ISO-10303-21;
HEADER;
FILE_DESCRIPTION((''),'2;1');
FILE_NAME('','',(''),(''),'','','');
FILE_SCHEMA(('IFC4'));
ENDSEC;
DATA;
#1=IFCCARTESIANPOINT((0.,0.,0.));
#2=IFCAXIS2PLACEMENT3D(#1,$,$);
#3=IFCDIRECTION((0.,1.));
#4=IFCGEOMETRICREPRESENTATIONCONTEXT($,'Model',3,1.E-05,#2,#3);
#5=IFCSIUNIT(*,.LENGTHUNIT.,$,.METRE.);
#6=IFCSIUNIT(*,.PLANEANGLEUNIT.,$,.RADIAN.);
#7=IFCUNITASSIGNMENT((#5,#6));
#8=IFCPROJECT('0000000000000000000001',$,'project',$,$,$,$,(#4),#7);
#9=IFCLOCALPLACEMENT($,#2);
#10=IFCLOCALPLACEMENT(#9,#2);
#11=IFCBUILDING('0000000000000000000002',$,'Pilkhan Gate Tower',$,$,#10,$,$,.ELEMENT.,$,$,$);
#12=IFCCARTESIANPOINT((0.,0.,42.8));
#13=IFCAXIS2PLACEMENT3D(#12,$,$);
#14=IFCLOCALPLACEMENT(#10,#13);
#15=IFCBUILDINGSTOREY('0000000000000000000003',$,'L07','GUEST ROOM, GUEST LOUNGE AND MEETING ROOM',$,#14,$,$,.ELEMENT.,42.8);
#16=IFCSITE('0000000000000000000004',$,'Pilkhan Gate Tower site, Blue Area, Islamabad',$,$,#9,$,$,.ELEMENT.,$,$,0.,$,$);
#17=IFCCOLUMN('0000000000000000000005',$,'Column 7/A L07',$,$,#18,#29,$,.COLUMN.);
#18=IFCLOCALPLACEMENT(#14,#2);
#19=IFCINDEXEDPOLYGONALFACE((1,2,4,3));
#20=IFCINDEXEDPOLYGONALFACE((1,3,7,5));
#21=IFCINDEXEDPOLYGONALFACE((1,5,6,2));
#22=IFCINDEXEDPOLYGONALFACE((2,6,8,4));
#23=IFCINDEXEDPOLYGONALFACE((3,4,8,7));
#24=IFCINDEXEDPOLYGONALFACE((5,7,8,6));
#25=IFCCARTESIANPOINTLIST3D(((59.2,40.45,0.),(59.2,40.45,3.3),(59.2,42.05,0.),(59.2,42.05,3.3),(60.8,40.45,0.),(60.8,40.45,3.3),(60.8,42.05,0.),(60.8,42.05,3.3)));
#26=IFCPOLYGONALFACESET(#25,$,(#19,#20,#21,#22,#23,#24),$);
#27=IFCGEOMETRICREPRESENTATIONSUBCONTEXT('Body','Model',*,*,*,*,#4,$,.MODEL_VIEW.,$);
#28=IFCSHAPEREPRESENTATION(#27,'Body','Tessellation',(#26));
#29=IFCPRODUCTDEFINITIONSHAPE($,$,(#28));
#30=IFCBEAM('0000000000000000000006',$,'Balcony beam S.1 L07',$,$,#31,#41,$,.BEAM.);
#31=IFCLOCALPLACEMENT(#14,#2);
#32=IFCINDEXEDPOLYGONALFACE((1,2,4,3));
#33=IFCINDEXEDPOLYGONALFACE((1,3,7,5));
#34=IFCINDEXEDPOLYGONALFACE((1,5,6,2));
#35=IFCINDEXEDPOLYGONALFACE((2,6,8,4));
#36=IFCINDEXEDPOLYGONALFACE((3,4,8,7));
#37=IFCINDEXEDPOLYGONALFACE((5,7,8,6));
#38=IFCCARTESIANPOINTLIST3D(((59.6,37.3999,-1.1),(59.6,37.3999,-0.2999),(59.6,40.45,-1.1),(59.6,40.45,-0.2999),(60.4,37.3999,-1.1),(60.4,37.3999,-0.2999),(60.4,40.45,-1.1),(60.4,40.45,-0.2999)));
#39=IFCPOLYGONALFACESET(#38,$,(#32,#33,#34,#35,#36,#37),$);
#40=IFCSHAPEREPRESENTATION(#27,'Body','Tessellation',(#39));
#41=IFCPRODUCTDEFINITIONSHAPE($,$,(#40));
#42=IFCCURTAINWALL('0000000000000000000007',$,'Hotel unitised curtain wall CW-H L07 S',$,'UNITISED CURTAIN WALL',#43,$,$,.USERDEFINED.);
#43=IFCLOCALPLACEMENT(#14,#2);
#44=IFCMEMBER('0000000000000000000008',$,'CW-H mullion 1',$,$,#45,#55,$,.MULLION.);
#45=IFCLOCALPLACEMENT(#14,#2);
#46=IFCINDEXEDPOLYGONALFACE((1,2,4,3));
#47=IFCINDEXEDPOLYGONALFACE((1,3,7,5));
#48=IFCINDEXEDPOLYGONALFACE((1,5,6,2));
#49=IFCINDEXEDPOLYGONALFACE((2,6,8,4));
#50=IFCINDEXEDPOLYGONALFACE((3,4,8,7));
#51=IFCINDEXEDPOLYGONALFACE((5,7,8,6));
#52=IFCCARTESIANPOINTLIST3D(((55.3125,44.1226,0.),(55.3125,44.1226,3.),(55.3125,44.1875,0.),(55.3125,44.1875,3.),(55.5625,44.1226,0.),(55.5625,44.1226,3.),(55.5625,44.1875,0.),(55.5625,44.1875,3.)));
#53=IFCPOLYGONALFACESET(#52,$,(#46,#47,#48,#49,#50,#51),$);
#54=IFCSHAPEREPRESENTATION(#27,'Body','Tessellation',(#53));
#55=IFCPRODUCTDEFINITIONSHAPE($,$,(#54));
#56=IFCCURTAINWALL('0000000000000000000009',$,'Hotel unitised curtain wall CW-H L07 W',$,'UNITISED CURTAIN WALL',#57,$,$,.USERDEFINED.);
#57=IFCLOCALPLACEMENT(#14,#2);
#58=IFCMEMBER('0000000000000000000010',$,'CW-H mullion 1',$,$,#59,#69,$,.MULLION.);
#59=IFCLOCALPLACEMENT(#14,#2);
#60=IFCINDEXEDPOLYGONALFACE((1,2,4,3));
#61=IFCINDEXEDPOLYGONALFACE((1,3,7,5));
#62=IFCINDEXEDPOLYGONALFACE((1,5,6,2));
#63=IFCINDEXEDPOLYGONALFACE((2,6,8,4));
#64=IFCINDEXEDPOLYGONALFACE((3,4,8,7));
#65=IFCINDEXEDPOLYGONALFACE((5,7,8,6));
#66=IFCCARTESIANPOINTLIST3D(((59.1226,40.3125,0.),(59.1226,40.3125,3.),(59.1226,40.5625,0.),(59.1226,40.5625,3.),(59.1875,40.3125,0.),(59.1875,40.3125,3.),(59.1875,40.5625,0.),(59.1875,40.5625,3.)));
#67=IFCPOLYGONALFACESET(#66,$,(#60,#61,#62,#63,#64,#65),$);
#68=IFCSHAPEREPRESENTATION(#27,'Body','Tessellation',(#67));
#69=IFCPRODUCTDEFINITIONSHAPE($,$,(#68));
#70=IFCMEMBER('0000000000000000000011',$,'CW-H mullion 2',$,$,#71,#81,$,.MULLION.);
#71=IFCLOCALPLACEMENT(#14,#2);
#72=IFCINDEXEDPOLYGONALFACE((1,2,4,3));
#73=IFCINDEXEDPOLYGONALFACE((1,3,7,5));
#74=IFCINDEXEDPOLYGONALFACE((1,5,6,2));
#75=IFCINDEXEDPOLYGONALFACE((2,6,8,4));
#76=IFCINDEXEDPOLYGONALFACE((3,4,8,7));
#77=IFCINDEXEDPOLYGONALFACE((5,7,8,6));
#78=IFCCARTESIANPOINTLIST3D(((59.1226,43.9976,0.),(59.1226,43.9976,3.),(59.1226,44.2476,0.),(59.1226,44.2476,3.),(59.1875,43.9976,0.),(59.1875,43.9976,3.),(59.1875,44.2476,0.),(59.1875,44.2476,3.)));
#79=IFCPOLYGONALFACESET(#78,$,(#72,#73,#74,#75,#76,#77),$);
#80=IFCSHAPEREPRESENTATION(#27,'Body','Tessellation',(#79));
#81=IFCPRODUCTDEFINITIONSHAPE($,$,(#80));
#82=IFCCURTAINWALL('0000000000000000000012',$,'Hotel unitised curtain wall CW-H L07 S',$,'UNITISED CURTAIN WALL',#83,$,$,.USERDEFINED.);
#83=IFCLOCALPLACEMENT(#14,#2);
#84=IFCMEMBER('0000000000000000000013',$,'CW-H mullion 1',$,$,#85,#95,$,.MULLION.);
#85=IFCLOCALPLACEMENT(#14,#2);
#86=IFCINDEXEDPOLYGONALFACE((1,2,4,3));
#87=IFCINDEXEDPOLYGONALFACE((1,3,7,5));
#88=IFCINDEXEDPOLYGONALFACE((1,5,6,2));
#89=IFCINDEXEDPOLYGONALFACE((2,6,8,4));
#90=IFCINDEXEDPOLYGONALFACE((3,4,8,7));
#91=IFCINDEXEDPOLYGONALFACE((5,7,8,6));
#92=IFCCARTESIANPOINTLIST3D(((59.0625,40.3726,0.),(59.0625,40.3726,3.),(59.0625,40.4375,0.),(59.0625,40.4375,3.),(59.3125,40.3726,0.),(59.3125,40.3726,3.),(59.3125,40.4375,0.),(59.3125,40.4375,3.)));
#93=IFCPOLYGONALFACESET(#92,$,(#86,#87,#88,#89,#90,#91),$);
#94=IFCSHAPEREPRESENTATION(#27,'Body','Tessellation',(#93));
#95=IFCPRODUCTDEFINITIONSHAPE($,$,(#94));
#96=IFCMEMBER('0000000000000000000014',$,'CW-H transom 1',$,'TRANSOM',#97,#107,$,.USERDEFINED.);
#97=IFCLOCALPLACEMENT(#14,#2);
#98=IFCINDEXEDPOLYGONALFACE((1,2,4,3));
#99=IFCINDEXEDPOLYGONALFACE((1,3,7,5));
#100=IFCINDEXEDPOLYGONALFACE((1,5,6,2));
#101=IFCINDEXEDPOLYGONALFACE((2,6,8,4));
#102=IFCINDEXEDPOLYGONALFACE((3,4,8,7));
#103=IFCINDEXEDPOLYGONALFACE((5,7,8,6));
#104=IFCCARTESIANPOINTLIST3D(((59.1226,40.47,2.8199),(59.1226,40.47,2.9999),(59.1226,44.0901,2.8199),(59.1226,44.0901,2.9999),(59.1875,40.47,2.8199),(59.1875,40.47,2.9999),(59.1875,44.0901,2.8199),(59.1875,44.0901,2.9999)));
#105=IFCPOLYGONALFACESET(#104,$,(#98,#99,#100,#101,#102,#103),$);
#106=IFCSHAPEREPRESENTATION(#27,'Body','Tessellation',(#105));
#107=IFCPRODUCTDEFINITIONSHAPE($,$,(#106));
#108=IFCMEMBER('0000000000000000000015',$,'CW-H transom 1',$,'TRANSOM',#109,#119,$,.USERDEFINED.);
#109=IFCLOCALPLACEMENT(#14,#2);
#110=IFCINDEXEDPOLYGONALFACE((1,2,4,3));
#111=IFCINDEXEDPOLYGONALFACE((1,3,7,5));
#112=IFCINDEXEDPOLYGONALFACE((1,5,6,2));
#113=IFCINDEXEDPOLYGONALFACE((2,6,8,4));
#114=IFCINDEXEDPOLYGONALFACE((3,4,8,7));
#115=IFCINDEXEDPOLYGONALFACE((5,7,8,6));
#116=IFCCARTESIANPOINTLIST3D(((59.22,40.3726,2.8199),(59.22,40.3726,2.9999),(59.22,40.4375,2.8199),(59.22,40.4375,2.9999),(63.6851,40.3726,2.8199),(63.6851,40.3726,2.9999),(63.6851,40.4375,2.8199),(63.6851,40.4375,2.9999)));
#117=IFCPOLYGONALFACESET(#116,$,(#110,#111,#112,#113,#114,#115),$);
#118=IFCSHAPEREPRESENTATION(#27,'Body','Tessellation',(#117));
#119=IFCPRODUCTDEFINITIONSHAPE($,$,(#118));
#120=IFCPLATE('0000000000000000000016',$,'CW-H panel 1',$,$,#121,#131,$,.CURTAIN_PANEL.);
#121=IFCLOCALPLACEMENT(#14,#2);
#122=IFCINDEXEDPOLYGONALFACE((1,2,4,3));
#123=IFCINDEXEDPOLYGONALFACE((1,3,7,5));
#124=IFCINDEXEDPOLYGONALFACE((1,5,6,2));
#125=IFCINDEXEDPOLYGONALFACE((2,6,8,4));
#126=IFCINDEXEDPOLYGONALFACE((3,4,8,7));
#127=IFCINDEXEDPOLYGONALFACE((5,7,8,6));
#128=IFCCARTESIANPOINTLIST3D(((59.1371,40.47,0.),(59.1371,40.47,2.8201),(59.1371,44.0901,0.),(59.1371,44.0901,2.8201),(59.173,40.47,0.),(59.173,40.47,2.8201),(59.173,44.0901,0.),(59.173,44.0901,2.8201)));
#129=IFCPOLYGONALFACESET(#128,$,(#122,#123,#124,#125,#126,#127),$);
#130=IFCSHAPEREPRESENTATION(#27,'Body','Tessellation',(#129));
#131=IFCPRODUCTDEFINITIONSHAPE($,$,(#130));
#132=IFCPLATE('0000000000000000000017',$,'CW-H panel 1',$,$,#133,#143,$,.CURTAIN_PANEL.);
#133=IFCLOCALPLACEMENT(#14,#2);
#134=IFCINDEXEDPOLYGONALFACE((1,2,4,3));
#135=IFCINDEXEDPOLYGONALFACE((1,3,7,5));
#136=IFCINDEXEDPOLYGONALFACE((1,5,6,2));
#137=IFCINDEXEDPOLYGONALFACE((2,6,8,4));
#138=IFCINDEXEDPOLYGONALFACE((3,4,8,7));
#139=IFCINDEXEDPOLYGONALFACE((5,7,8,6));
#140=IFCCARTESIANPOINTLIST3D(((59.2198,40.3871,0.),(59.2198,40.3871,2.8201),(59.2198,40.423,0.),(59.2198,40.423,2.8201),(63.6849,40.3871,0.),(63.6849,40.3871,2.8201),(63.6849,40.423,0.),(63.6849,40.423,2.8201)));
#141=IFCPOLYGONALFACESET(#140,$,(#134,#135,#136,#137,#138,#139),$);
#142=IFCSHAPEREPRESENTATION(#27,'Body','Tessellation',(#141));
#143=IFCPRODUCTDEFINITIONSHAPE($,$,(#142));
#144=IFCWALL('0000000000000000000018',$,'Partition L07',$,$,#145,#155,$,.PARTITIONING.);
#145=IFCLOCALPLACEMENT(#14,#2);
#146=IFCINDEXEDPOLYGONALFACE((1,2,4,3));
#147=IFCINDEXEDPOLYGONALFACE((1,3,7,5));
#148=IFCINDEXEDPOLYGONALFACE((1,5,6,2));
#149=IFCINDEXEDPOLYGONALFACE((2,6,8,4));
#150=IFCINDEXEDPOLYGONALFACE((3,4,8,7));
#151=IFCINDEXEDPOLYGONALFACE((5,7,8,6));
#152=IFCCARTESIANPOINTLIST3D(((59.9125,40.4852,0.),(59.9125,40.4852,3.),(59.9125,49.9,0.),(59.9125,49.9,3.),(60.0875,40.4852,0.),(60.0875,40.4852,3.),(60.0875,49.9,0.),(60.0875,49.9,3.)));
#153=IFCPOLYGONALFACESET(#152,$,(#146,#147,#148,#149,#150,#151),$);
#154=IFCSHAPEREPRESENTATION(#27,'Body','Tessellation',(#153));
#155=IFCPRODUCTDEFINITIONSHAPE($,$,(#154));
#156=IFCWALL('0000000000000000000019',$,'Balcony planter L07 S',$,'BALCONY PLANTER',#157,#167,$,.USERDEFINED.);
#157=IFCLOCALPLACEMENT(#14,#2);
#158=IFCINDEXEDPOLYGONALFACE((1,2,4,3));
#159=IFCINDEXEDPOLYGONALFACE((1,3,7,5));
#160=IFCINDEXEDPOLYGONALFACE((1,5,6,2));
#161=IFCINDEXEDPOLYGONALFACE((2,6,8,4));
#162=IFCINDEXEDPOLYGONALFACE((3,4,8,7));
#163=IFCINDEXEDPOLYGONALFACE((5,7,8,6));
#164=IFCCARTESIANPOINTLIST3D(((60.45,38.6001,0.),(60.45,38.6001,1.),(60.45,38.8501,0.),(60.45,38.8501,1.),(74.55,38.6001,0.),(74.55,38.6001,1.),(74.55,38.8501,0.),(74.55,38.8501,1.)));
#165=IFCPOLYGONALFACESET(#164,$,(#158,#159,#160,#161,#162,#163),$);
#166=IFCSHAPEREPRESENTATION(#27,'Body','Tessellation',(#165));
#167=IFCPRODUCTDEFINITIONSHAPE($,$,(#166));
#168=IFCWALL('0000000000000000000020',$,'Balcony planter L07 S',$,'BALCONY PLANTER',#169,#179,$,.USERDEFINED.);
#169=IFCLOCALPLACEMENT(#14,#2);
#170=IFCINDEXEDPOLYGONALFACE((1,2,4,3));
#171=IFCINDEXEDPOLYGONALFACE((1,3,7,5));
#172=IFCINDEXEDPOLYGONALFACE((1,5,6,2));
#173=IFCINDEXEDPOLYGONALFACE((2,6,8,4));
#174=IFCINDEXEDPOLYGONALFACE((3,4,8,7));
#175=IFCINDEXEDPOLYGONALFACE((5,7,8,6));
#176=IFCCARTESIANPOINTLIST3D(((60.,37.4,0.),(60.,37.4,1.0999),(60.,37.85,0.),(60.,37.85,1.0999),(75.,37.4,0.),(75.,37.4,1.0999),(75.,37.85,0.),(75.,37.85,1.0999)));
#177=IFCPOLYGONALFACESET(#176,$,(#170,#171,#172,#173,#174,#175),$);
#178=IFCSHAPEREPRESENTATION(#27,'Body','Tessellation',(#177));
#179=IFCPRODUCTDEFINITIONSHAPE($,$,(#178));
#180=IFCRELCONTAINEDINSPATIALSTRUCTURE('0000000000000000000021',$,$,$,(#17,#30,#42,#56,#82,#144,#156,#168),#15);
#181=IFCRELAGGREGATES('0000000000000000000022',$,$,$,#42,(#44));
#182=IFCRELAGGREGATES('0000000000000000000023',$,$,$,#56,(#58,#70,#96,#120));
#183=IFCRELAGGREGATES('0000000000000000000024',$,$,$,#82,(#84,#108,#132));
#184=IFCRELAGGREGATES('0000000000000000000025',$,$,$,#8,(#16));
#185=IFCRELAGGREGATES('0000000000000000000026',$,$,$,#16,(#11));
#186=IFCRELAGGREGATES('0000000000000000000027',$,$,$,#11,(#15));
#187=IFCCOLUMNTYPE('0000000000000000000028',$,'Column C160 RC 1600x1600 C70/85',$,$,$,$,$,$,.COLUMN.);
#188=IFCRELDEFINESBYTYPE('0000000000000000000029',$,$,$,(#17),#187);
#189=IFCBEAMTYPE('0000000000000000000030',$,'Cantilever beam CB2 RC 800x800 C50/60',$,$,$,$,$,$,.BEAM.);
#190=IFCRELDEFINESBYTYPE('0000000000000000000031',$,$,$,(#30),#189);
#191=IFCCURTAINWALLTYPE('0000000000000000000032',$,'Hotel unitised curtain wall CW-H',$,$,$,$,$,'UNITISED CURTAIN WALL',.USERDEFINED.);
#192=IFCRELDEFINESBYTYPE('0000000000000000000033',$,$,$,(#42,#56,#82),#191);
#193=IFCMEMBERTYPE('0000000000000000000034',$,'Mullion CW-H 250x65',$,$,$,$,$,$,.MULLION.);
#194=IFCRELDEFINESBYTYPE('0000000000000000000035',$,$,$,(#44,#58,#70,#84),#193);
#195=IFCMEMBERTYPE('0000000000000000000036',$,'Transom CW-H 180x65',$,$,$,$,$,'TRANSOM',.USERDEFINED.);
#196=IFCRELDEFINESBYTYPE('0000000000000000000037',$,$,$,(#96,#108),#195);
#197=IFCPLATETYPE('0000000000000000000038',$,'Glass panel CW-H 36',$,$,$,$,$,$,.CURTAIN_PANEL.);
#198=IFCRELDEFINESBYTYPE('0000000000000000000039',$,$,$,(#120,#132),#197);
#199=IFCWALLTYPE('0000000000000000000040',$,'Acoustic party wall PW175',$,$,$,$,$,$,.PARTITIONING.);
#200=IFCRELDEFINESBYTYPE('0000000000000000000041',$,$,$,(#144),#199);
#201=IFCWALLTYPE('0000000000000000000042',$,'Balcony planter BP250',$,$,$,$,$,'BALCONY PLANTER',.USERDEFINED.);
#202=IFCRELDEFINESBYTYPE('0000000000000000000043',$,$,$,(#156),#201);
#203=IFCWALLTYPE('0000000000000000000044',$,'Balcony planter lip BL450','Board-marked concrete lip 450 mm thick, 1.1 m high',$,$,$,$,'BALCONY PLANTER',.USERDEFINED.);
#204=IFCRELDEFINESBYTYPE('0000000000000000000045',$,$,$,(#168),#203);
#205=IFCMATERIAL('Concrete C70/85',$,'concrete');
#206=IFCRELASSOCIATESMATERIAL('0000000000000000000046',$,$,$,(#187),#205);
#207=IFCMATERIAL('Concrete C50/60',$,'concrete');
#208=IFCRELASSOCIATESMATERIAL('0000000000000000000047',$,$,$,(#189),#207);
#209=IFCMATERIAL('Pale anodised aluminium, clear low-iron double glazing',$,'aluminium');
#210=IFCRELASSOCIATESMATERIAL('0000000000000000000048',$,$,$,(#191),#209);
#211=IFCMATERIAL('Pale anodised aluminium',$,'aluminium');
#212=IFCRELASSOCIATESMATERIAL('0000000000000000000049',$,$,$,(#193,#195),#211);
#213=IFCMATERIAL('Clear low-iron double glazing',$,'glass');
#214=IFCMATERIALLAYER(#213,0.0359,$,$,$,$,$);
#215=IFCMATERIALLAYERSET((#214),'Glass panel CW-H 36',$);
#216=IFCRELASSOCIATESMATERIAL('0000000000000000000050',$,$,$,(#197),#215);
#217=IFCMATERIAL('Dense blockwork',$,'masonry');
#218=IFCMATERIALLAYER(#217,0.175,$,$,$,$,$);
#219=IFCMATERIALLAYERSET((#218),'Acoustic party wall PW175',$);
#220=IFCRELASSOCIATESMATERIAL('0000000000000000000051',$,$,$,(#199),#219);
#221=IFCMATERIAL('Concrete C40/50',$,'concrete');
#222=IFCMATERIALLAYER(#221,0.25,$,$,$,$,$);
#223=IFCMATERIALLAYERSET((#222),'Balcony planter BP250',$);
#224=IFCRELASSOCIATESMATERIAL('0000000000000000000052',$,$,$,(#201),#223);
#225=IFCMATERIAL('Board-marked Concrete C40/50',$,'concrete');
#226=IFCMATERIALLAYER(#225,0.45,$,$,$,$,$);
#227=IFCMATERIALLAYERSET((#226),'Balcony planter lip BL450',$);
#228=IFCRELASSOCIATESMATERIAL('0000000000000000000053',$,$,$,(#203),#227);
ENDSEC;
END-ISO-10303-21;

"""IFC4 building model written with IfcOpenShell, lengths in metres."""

from ifc_helpers import new_model, si_unit, direction, frame, frame_2d, origin, origin_2d, place, context, subcontext, project, spatial, rectangle, extrude, material, layer, layer_set, material_profile, profile_set, type_object, element, aggregate, save


model = new_model("IFC4")

# Units and contexts
model_context = context("Model", 3, precision=1e-05, world=origin(), true_north=direction((0.0, 1.0)))
body_context = subcontext(model_context, "Body", "Model", "MODEL_VIEW")
ifc_project = project(units=[si_unit("LENGTHUNIT", "METRE"), si_unit("PLANEANGLEUNIT", "RADIAN")], contexts=[model_context])

# Site, building, storey
site_placement = place(None, origin())
site = spatial("IfcSite", under=ifc_project, at=site_placement, Name="Pilkhan Gate Tower site, Blue Area, Islamabad", CompositionType="ELEMENT", RefElevation=0.0)
building_placement = place(site_placement, origin())
building = spatial("IfcBuilding", under=site, at=building_placement, Name="Pilkhan Gate Tower", CompositionType="ELEMENT")
storey_placement = place(building_placement, frame((0.0, 0.0, 42.8)))
storey = spatial("IfcBuildingStorey", under=building, at=storey_placement, Name="L07", Description="GUEST ROOM, GUEST LOUNGE AND MEETING ROOM", CompositionType="ELEMENT", Elevation=42.8)

# Column
ifc_material_1 = material(Name="Concrete C70/85", Category="concrete")
ifc_material_profile_1 = material_profile(ifc_material_1, rectangle(XDim=1.6001, YDim=1.6001, at=origin_2d()), Name="RC 1600x1600")
ifc_profile_set_1 = profile_set([ifc_material_profile_1], Name="Concrete C70/85")
column_type = type_object("IfcColumnType", Name="Column C160 RC 1600x1600 C70/85", PredefinedType="COLUMN", material=ifc_profile_set_1)
column_placement = place(storey_placement, frame((60.0, 41.25, 0.0), z_axis=(0.0, 0.0, 1.0), x_axis=(1.0, 0.0, 0.0)))
element("IfcColumn", 1, at=column_placement, inside=storey, type_object=column_type, Name="Column 7/A L07", PredefinedType="COLUMN", context=body_context, shape_type="SweptSolid", body=[
    extrude(rectangle(XDim=1.6001, YDim=1.6001, at=origin_2d()), origin(), (0.0, 0.0, 1.0), 3.3),
])

# Beam
ifc_material_2 = material(Name="Concrete C50/60", Category="concrete")
ifc_material_profile_2 = material_profile(ifc_material_2, rectangle(XDim=0.8, YDim=0.8, at=origin_2d()), Name="RC 800x800")
ifc_profile_set_2 = profile_set([ifc_material_profile_2], Name="Concrete C50/60")
beam_type = type_object("IfcBeamType", Name="Cantilever beam CB2 RC 800x800 C50/60", PredefinedType="BEAM", material=ifc_profile_set_2)
beam_placement = place(storey_placement, frame((60.0, 40.45, -0.7), z_axis=(0.0, -1.0, 0.0), x_axis=(1.0, 0.0, 0.0)))
element("IfcBeam", 2, at=beam_placement, inside=storey, type_object=beam_type, Name="Balcony beam S.1 L07", PredefinedType="BEAM", context=body_context, shape_type="SweptSolid", body=[
    extrude(rectangle(XDim=0.8, YDim=0.8, at=origin_2d()), origin(), (0.0, 0.0, 1.0), 3.05),
])

# Curtain wall, member
ifc_material_3 = material(Name="Pale anodised aluminium, clear low-iron double glazing", Category="aluminium")
curtain_wall_type = type_object("IfcCurtainWallType", Name="Hotel unitised curtain wall CW-H", ElementType="UNITISED CURTAIN WALL", PredefinedType="USERDEFINED", material=ifc_material_3)
curtain_wall_1_placement = place(storey_placement, origin())
curtain_wall_1 = element("IfcCurtainWall", 3, at=curtain_wall_1_placement, inside=storey, type_object=curtain_wall_type, Name="Hotel unitised curtain wall CW-H L07 S", ObjectType="UNITISED CURTAIN WALL", PredefinedType="USERDEFINED")
ifc_material_4 = material(Name="Pale anodised aluminium", Category="aluminium")
ifc_material_profile_3 = material_profile(ifc_material_4, rectangle(XDim=0.0649, YDim=0.25, at=origin_2d()), Name="Mullion 250x65")
ifc_profile_set_3 = profile_set([ifc_material_profile_3], Name="Pale anodised aluminium")
member_type_1 = type_object("IfcMemberType", Name="Mullion CW-H 250x65", PredefinedType="MULLION", material=ifc_profile_set_3)
member_1_placement = place(storey_placement, frame((55.4375, 44.155, 0.0), z_axis=(0.0, 0.0, 1.0), x_axis=(0.0, 1.0, 0.0)))
member_1 = element("IfcMember", 4, at=member_1_placement, type_object=member_type_1, Name="CW-H mullion 1", PredefinedType="MULLION", context=body_context, shape_type="SweptSolid", body=[
    extrude(rectangle(XDim=0.0649, YDim=0.25, at=origin_2d()), origin(), (0.0, 0.0, 1.0), 3.0),
])
aggregate(curtain_wall_1, [member_1])

# Curtain wall, members
curtain_wall_2_placement = place(storey_placement, origin())
curtain_wall_2 = element("IfcCurtainWall", 5, at=curtain_wall_2_placement, inside=storey, type_object=curtain_wall_type, Name="Hotel unitised curtain wall CW-H L07 W", ObjectType="UNITISED CURTAIN WALL", PredefinedType="USERDEFINED")
member_2_placement = place(storey_placement, frame((59.155, 40.4375, 0.0), z_axis=(0.0, 0.0, 1.0), x_axis=(-1.0, 0.0, 0.0)))
member_2 = element("IfcMember", 6, at=member_2_placement, type_object=member_type_1, Name="CW-H mullion 1", PredefinedType="MULLION", context=body_context, shape_type="SweptSolid", body=[
    extrude(rectangle(XDim=0.0649, YDim=0.25, at=origin_2d()), origin(), (0.0, 0.0, 1.0), 3.0),
])
member_3_placement = place(storey_placement, frame((59.155, 44.1226, 0.0), z_axis=(0.0, 0.0, 1.0), x_axis=(-1.0, 0.0, 0.0)))
member_3 = element("IfcMember", 7, at=member_3_placement, type_object=member_type_1, Name="CW-H mullion 2", PredefinedType="MULLION", context=body_context, shape_type="SweptSolid", body=[
    extrude(rectangle(XDim=0.0649, YDim=0.25, at=origin_2d()), origin(), (0.0, 0.0, 1.0), 3.0),
])

# Curtain wall, member
curtain_wall_3_placement = place(storey_placement, origin())
curtain_wall_3 = element("IfcCurtainWall", 8, at=curtain_wall_3_placement, inside=storey, type_object=curtain_wall_type, Name="Hotel unitised curtain wall CW-H L07 S", ObjectType="UNITISED CURTAIN WALL", PredefinedType="USERDEFINED")
member_4_placement = place(storey_placement, frame((59.1875, 40.405, 0.0), z_axis=(0.0, 0.0, 1.0), x_axis=(0.0, 1.0, 0.0)))
member_4 = element("IfcMember", 9, at=member_4_placement, type_object=member_type_1, Name="CW-H mullion 1", PredefinedType="MULLION", context=body_context, shape_type="SweptSolid", body=[
    extrude(rectangle(XDim=0.0649, YDim=0.25, at=origin_2d()), origin(), (0.0, 0.0, 1.0), 3.0),
])

# Members
ifc_material_profile_4 = material_profile(ifc_material_4, rectangle(XDim=0.0649, YDim=0.1799, at=origin_2d()), Name="Transom 180x65")
ifc_profile_set_4 = profile_set([ifc_material_profile_4], Name="Pale anodised aluminium")
member_type_2 = type_object("IfcMemberType", Name="Transom CW-H 180x65", ElementType="TRANSOM", PredefinedType="USERDEFINED", material=ifc_profile_set_4)
member_5_placement = place(storey_placement, frame((59.155, 40.47, 2.9099), z_axis=(0.0, 1.0, 0.0), x_axis=(-1.0, 0.0, 0.0)))
member_5 = element("IfcMember", 10, at=member_5_placement, type_object=member_type_2, Name="CW-H transom 1", ObjectType="TRANSOM", PredefinedType="USERDEFINED", context=body_context, shape_type="SweptSolid", body=[
    extrude(rectangle(XDim=0.0649, YDim=0.1799, at=origin_2d()), origin(), (0.0, 0.0, 1.0), 3.6201),
])
member_6_placement = place(storey_placement, frame((59.22, 40.405, 2.9099), z_axis=(1.0, 0.0, 0.0), x_axis=(0.0, 1.0, 0.0)))
member_6 = element("IfcMember", 11, at=member_6_placement, type_object=member_type_2, Name="CW-H transom 1", ObjectType="TRANSOM", PredefinedType="USERDEFINED", context=body_context, shape_type="SweptSolid", body=[
    extrude(rectangle(XDim=0.0649, YDim=0.1799, at=origin_2d()), origin(), (0.0, 0.0, 1.0), 4.4651),
])

# Plates
ifc_material_5 = material(Name="Clear low-iron double glazing", Category="glass")
ifc_layer_1 = layer(ifc_material_5, 0.0359)
ifc_layer_set_1 = layer_set([ifc_layer_1], Name="Glass panel CW-H 36")
plate_type = type_object("IfcPlateType", Name="Glass panel CW-H 36", PredefinedType="CURTAIN_PANEL", material=ifc_layer_set_1)
plate_1_placement = place(storey_placement, frame((59.155, 42.28, 0.0), z_axis=(0.0, 0.0, 1.0), x_axis=(0.0, 1.0, 0.0)))
plate_1 = element("IfcPlate", 12, at=plate_1_placement, type_object=plate_type, Name="CW-H panel 1", PredefinedType="CURTAIN_PANEL", context=body_context, shape_type="SweptSolid", body=[
    extrude(rectangle(XDim=3.6201, YDim=0.0359, at=origin_2d()), origin(), (0.0, 0.0, 1.0), 2.8201),
])
aggregate(curtain_wall_2, [member_2, member_3, member_5, plate_1])
plate_2_placement = place(storey_placement, frame((61.4524, 40.405, 0.0), z_axis=(0.0, 0.0, 1.0), x_axis=(1.0, 0.0, 0.0)))
plate_2 = element("IfcPlate", 13, at=plate_2_placement, type_object=plate_type, Name="CW-H panel 1", PredefinedType="CURTAIN_PANEL", context=body_context, shape_type="SweptSolid", body=[
    extrude(rectangle(XDim=4.4651, YDim=0.0359, at=origin_2d()), origin(), (0.0, 0.0, 1.0), 2.8201),
])
aggregate(curtain_wall_3, [member_4, member_6, plate_2])

# Walls
ifc_material_6 = material(Name="Dense blockwork", Category="masonry")
ifc_layer_2 = layer(ifc_material_6, 0.175)
ifc_layer_set_2 = layer_set([ifc_layer_2], Name="Acoustic party wall PW175")
wall_type_1 = type_object("IfcWallType", Name="Acoustic party wall PW175", PredefinedType="PARTITIONING", material=ifc_layer_set_2)
wall_1_placement = place(storey_placement, frame((60.0, 40.4851, 0.0), z_axis=(0.0, 0.0, 1.0), x_axis=(0.0, 1.0, 0.0)))
element("IfcWall", 14, at=wall_1_placement, inside=storey, type_object=wall_type_1, Name="Partition L07", PredefinedType="PARTITIONING", context=body_context, shape_type="SweptSolid", body=[
    extrude(rectangle(XDim=9.4148, YDim=0.175, at=frame_2d((4.7075, 0.0))), origin(), (0.0, 0.0, 1.0), 3.0),
])
ifc_material_7 = material(Name="Concrete C40/50", Category="concrete")
ifc_layer_3 = layer(ifc_material_7, 0.25)
ifc_layer_set_3 = layer_set([ifc_layer_3], Name="Balcony planter BP250")
wall_type_2 = type_object("IfcWallType", Name="Balcony planter BP250", ElementType="BALCONY PLANTER", PredefinedType="USERDEFINED", material=ifc_layer_set_3)
wall_2_placement = place(storey_placement, frame((60.45, 38.7251, 0.0), z_axis=(0.0, 0.0, 1.0), x_axis=(1.0, 0.0, 0.0)))
element("IfcWall", 15, at=wall_2_placement, inside=storey, type_object=wall_type_2, Name="Balcony planter L07 S", ObjectType="BALCONY PLANTER", PredefinedType="USERDEFINED", context=body_context, shape_type="SweptSolid", body=[
    extrude(rectangle(XDim=14.1001, YDim=0.25, at=frame_2d((7.05, 0.0))), origin(), (0.0, 0.0, 1.0), 1.0),
])
ifc_material_8 = material(Name="Board-marked Concrete C40/50", Category="concrete")
ifc_layer_4 = layer(ifc_material_8, 0.45)
ifc_layer_set_4 = layer_set([ifc_layer_4], Name="Balcony planter lip BL450")
wall_type_3 = type_object("IfcWallType", Name="Balcony planter lip BL450", Description="Board-marked concrete lip 450 mm thick, 1.1 m high", ElementType="BALCONY PLANTER", PredefinedType="USERDEFINED", material=ifc_layer_set_4)
wall_3_placement = place(storey_placement, frame((60.0, 37.625, 0.0), z_axis=(0.0, 0.0, 1.0), x_axis=(1.0, 0.0, 0.0)))
element("IfcWall", 16, at=wall_3_placement, inside=storey, type_object=wall_type_3, Name="Balcony planter L07 S", ObjectType="BALCONY PLANTER", PredefinedType="USERDEFINED", context=body_context, shape_type="SweptSolid", body=[
    extrude(rectangle(XDim=15.0, YDim=0.45, at=frame_2d((7.5, 0.0))), origin(), (0.0, 0.0, 1.0), 1.0999),
])

save(model, "model.ifc")
